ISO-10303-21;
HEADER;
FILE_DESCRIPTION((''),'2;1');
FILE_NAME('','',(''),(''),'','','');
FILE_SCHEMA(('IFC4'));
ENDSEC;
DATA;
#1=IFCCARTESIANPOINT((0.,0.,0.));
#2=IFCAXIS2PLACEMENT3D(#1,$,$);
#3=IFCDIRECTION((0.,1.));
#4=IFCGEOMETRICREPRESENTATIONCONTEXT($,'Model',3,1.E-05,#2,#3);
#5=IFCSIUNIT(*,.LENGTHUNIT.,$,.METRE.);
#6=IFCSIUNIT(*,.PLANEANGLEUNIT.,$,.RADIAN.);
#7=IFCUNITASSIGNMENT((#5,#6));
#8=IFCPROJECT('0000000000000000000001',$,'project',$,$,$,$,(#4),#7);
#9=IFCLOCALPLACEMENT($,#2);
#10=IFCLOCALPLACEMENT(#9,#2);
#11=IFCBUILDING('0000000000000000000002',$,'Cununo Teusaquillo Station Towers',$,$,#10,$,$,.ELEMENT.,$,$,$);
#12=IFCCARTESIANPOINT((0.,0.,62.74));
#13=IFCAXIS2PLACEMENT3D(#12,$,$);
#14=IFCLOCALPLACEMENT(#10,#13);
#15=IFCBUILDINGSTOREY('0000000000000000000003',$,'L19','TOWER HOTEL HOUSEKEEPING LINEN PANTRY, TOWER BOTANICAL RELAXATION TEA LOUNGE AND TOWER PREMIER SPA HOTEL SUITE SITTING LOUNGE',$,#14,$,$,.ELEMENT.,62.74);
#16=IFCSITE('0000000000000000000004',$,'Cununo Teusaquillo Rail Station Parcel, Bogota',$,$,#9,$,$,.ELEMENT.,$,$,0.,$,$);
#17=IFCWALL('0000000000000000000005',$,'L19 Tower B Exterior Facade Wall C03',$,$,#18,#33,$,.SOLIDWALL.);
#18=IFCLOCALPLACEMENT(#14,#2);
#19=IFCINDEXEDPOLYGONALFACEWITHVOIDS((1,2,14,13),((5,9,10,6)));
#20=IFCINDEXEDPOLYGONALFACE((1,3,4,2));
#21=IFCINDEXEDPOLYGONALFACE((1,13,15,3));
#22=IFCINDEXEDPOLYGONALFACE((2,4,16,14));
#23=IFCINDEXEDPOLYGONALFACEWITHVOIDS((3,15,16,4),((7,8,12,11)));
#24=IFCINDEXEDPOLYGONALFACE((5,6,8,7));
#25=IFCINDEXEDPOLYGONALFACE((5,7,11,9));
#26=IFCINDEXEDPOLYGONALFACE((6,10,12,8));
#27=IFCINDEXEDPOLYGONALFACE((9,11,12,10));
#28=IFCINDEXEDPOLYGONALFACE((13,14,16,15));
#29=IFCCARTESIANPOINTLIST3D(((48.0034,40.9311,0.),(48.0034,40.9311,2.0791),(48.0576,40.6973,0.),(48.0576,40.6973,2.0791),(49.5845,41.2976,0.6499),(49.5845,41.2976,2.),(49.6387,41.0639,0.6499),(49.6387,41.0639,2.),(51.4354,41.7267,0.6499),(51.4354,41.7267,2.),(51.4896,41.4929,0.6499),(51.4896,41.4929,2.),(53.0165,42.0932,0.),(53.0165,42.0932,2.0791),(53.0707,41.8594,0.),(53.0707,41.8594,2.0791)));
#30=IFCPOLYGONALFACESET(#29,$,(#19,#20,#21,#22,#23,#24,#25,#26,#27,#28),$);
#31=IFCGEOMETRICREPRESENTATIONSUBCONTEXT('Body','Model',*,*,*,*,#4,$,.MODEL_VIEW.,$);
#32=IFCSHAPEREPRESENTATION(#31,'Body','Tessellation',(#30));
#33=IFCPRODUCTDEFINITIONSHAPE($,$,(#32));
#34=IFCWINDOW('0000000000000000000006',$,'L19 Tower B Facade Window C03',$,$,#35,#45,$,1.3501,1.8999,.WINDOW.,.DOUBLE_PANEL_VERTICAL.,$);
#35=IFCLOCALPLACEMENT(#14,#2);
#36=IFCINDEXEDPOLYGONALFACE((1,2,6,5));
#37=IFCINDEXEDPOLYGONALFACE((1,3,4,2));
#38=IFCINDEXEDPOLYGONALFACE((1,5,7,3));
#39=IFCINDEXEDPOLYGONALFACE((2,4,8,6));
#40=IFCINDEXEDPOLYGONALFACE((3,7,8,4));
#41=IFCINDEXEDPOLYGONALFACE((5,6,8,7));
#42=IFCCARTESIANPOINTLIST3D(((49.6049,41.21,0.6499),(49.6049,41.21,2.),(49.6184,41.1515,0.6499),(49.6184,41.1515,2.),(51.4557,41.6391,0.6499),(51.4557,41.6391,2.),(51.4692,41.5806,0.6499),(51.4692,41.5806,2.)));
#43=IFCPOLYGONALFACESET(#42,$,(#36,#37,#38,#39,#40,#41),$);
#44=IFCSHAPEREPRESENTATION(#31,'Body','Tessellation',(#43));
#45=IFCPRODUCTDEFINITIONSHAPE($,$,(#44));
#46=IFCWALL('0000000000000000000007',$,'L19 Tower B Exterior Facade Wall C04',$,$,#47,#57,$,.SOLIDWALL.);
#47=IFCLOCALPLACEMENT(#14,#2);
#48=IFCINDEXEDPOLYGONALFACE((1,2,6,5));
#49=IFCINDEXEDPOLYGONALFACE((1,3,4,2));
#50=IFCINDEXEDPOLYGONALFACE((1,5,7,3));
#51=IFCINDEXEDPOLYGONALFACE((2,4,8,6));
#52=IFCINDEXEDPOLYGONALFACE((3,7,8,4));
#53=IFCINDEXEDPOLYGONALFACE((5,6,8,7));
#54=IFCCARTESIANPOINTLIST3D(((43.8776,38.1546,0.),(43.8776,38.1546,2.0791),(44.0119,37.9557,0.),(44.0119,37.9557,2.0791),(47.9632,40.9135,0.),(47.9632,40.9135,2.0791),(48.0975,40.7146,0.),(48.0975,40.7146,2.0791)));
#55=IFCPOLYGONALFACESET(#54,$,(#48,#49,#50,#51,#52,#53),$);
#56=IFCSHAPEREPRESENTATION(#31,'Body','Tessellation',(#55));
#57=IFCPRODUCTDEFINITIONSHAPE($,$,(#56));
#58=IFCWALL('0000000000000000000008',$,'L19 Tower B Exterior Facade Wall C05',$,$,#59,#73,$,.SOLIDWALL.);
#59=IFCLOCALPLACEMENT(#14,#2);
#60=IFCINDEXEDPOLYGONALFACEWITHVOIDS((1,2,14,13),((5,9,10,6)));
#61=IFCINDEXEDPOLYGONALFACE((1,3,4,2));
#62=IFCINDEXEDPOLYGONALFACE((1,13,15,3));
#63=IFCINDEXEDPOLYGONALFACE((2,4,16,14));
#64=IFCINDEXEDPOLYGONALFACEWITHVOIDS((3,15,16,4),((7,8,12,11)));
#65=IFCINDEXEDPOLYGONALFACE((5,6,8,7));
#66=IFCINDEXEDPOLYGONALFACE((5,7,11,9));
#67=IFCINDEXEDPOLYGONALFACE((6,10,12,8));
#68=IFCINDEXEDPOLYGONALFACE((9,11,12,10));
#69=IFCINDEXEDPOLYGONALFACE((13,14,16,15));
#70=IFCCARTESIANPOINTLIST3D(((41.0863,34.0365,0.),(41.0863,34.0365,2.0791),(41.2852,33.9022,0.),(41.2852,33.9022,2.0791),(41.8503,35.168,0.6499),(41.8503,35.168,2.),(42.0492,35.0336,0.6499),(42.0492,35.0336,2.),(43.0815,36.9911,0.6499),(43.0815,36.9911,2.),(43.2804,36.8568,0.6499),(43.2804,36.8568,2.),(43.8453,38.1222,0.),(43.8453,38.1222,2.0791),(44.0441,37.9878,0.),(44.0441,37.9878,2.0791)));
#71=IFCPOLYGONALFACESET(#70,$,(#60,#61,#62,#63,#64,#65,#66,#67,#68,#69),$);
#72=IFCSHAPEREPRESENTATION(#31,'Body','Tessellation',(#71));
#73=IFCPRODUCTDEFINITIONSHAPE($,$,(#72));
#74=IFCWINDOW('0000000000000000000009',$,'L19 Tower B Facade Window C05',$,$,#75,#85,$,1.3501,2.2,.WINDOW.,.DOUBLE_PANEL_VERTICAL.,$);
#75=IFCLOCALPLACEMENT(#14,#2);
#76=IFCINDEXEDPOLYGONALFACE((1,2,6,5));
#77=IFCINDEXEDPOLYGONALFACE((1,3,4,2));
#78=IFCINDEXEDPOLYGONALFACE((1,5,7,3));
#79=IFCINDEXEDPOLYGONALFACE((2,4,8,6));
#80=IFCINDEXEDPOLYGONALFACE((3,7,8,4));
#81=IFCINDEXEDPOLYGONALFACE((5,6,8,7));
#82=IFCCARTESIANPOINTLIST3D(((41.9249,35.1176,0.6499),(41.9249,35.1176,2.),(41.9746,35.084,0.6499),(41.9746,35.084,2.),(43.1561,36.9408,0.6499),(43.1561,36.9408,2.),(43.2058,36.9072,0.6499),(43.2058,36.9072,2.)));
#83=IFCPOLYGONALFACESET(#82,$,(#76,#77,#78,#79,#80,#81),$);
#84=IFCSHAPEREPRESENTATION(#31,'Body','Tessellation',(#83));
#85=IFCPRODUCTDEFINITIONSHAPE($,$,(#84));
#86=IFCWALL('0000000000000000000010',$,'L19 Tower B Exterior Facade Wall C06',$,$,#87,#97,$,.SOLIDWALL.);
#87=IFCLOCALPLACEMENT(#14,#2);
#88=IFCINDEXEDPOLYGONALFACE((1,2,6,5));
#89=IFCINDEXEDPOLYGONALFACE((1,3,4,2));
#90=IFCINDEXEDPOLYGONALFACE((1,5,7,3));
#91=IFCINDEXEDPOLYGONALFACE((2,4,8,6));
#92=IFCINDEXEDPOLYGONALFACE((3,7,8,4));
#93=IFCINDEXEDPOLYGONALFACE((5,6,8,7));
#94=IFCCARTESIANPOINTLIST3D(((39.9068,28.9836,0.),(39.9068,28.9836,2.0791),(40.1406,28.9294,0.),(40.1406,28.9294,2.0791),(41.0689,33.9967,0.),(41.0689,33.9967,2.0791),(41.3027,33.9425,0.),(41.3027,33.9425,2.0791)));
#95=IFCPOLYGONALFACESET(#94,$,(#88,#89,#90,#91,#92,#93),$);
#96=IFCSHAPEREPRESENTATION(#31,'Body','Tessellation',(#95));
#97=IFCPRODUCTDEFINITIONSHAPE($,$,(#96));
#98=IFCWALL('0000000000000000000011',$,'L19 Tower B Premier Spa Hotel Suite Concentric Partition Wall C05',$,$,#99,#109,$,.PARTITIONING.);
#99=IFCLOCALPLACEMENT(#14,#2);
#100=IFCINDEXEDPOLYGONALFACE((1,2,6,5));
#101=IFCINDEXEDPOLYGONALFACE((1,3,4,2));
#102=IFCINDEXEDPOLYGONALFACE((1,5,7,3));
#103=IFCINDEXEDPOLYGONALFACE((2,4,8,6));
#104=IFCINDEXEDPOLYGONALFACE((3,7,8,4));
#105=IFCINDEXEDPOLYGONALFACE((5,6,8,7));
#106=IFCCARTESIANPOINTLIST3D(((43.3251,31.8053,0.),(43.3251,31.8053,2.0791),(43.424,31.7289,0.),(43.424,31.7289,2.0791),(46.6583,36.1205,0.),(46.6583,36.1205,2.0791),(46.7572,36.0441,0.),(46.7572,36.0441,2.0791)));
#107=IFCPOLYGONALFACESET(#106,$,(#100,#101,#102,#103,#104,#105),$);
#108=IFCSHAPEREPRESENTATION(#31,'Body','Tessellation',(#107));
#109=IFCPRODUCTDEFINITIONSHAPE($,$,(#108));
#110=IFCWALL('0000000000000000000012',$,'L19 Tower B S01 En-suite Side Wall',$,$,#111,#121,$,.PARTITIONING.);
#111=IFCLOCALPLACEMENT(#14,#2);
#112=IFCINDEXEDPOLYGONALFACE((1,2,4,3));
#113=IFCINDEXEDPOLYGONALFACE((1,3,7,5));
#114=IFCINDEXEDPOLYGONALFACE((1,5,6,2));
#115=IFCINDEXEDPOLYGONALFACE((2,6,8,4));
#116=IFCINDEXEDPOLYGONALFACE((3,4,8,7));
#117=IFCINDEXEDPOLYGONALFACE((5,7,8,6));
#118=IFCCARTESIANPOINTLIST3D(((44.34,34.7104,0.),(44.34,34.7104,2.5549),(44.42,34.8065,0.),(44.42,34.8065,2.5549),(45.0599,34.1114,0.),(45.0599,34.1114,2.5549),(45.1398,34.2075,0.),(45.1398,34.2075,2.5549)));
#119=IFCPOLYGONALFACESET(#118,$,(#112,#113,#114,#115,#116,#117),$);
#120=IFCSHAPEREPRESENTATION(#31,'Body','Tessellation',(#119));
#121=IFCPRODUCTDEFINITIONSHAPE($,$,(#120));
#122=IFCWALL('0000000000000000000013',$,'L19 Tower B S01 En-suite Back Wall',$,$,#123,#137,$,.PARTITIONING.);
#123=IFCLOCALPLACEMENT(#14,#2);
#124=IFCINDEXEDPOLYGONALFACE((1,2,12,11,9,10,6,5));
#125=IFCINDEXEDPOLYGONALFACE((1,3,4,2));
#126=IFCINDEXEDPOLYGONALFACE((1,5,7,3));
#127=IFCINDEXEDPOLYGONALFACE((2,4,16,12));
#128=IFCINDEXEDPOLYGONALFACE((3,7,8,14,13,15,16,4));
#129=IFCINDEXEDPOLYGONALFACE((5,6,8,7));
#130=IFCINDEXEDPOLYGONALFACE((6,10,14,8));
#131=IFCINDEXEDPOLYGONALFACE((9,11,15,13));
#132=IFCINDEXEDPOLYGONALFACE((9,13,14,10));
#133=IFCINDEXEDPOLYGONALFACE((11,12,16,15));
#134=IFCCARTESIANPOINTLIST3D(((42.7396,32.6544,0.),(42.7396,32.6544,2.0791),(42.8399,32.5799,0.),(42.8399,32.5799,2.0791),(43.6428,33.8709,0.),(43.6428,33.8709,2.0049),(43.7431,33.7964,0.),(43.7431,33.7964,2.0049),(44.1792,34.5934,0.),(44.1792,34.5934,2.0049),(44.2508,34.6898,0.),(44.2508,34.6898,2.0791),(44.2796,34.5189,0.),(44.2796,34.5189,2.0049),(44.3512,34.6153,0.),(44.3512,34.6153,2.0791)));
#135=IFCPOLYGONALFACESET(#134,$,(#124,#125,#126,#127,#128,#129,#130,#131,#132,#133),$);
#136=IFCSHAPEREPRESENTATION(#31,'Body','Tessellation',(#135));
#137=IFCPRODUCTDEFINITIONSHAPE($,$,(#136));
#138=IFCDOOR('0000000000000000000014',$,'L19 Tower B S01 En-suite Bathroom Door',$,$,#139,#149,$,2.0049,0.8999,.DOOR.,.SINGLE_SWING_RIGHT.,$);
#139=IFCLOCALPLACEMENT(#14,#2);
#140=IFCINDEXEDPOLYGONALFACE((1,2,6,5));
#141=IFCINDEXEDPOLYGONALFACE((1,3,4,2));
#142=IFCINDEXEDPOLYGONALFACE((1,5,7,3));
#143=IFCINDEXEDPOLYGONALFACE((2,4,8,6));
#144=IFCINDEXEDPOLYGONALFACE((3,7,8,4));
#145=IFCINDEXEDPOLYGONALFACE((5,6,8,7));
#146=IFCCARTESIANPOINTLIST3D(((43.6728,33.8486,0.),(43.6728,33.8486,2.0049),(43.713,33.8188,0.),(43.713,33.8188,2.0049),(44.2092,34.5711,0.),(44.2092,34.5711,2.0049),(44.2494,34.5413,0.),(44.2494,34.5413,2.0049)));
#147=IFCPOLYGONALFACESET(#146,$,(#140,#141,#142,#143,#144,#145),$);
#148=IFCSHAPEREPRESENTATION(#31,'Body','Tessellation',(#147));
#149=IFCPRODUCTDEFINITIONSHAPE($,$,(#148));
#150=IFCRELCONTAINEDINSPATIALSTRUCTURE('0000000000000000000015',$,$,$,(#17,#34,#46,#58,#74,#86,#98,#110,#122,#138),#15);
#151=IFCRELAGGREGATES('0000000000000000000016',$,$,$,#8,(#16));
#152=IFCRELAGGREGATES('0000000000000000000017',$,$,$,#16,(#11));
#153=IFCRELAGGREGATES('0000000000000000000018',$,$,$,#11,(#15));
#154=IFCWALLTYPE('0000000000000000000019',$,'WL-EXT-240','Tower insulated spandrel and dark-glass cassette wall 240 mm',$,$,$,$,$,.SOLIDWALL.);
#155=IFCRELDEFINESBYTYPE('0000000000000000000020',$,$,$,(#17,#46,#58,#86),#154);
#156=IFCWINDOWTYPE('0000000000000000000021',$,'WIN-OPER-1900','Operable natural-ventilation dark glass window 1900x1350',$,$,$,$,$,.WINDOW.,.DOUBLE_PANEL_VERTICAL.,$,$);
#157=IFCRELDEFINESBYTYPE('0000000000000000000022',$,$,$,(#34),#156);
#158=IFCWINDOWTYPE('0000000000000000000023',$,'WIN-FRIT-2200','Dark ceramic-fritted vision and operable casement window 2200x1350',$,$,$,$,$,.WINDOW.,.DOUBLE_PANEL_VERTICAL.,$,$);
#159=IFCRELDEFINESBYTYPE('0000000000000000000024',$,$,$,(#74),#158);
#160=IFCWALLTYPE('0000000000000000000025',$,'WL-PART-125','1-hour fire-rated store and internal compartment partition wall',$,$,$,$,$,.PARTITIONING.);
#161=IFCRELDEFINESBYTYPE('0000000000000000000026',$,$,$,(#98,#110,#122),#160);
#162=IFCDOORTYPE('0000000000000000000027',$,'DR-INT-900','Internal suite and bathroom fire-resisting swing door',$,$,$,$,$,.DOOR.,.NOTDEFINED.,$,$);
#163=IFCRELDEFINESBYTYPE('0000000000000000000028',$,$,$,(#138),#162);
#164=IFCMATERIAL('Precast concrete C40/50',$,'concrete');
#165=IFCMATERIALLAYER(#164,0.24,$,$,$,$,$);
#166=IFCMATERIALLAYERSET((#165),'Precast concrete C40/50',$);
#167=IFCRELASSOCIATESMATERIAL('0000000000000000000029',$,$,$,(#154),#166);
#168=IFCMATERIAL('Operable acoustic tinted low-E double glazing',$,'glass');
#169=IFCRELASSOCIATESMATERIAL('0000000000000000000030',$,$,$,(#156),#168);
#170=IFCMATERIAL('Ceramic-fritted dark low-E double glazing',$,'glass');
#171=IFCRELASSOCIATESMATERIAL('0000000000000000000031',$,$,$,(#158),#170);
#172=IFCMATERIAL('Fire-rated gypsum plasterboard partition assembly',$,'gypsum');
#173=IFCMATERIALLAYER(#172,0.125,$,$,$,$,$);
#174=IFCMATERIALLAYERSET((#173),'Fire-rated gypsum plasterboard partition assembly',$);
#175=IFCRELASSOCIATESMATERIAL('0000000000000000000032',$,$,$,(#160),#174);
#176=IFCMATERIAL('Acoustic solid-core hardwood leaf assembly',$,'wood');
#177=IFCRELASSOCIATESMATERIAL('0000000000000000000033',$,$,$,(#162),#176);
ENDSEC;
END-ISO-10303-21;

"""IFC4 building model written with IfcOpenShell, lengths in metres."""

from ifc_helpers import new_model, si_unit, direction, frame, frame_2d, origin, place, context, subcontext, project, spatial, rectangle, extrude, source, transform, mapped, material, layer, layer_set, type_object, element, fill, save


model = new_model("IFC4")

# Units and contexts
model_context = context("Model", 3, precision=1e-05, world=origin(), true_north=direction((0.0, 1.0)))
body_context = subcontext(model_context, "Body", "Model", "MODEL_VIEW")
ifc_project = project(units=[si_unit("LENGTHUNIT", "METRE"), si_unit("PLANEANGLEUNIT", "RADIAN")], contexts=[model_context])

# Site, building, storey
site_placement = place(None, origin())
site = spatial("IfcSite", under=ifc_project, at=site_placement, Name="Cununo Teusaquillo Rail Station Parcel, Bogota", CompositionType="ELEMENT", RefElevation=0.0)
building_placement = place(site_placement, origin())
building = spatial("IfcBuilding", under=site, at=building_placement, Name="Cununo Teusaquillo Station Towers", CompositionType="ELEMENT")
storey_placement = place(building_placement, frame((0.0, 0.0, 62.74)))
storey = spatial("IfcBuildingStorey", under=building, at=storey_placement, Name="L19", Description="TOWER HOTEL HOUSEKEEPING LINEN PANTRY, TOWER BOTANICAL RELAXATION TEA LOUNGE AND TOWER PREMIER SPA HOTEL SUITE SITTING LOUNGE", CompositionType="ELEMENT", Elevation=62.74)

# Wall, opening, window
ifc_material_1 = material(Name="Precast concrete C40/50", Category="concrete")
ifc_layer_1 = layer(ifc_material_1, 0.24)
ifc_layer_set_1 = layer_set([ifc_layer_1], Name="Precast concrete C40/50")
wall_type_1 = type_object("IfcWallType", Name="WL-EXT-240", Description="Tower insulated spandrel and dark-glass cassette wall 240 mm", PredefinedType="SOLIDWALL", material=ifc_layer_set_1)
wall_1_placement = place(storey_placement, frame((48.0305, 40.8142, 0.0), z_axis=(0.0, 0.0, 1.0), x_axis=(0.974166, 0.225833, 0.0)))
wall_1 = element("IfcWall", 1, at=wall_1_placement, inside=storey, type_object=wall_type_1, Name="L19 Tower B Exterior Facade Wall C03", PredefinedType="SOLIDWALL", context=body_context, shape_type="SweptSolid", body=[
    extrude(rectangle(XDim=5.146, YDim=0.24, at=frame_2d((2.573, 0.0))), origin(), (0.0, 0.0, 1.0), 2.0791),
])
shared_shape_1 = source(origin(), body_context, "Body", "SweptSolid", [
    extrude(rectangle(XDim=1.8999, YDim=1.3501, at=frame_2d((0.95, 0.675))), frame((0.0, 0.1299, 0.0), z_axis=(0.0, -1.0, 0.0), x_axis=(1.0, 0.0, 0.0)), (0.0, 0.0, 1.0), 0.26),
])
opening_1_placement = place(wall_1_placement, frame((1.623, 0.0, 0.6499)))
opening_1 = element("IfcOpeningElement", 2, at=opening_1_placement, cuts=wall_1, PredefinedType="OPENING", context=body_context, shape_type="MappedRepresentation", body=[
    mapped(shared_shape_1, transform((0.0, 0.0, 0.0), x_axis=(1.0, 0.0, 0.0), y_axis=(0.0, 1.0, 0.0), z_axis=(0.0, 0.0, 1.0), scale=1.0)),
])
ifc_material_2 = material(Name="Operable acoustic tinted low-E double glazing", Category="glass")
window_type_1 = type_object("IfcWindowType", Name="WIN-OPER-1900", Description="Operable natural-ventilation dark glass window 1900x1350", PartitioningType="DOUBLE_PANEL_VERTICAL", PredefinedType="WINDOW", material=ifc_material_2)
shared_shape_2 = source(origin(), body_context, "Body", "SweptSolid", [
    extrude(rectangle(XDim=1.8999, YDim=1.3501, at=frame_2d((0.95, 0.675))), frame((0.0, 0.03, 0.0), z_axis=(0.0, -1.0, 0.0), x_axis=(1.0, 0.0, 0.0)), (0.0, 0.0, 1.0), 0.0601),
])
window_1_placement = place(opening_1_placement, origin())
window_1 = element("IfcWindow", 3, at=window_1_placement, inside=storey, type_object=window_type_1, Name="L19 Tower B Facade Window C03", OverallHeight=1.3501, OverallWidth=1.8999, PartitioningType="DOUBLE_PANEL_VERTICAL", PredefinedType="WINDOW", context=body_context, shape_type="MappedRepresentation", body=[
    mapped(shared_shape_2, transform((0.0, 0.0, 0.0), x_axis=(1.0, 0.0, 0.0), y_axis=(0.0, 1.0, 0.0), z_axis=(0.0, 0.0, 1.0), scale=1.0)),
])
fill(opening_1, window_1)

# Wall
wall_2_placement = place(storey_placement, frame((43.9448, 38.0552, 0.0), z_axis=(0.0, 0.0, 1.0), x_axis=(0.828737, 0.559639, 0.0)))
element("IfcWall", 4, at=wall_2_placement, inside=storey, type_object=wall_type_1, Name="L19 Tower B Exterior Facade Wall C04", PredefinedType="SOLIDWALL", context=body_context, shape_type="SweptSolid", body=[
    extrude(rectangle(XDim=4.9299, YDim=0.24, at=frame_2d((2.4648, 0.0))), origin(), (0.0, 0.0, 1.0), 2.0791),
])

# Wall, opening, window
wall_3_placement = place(storey_placement, frame((41.1858, 33.9695, 0.0), z_axis=(0.0, 0.0, 1.0), x_axis=(0.559639, 0.828737, 0.0)))
wall_3 = element("IfcWall", 5, at=wall_3_placement, inside=storey, type_object=wall_type_1, Name="L19 Tower B Exterior Facade Wall C05", PredefinedType="SOLIDWALL", context=body_context, shape_type="SweptSolid", body=[
    extrude(rectangle(XDim=4.9299, YDim=0.24, at=frame_2d((2.4648, 0.0))), origin(), (0.0, 0.0, 1.0), 2.0791),
])
shared_shape_3 = source(origin(), body_context, "Body", "SweptSolid", [
    extrude(rectangle(XDim=2.2, YDim=1.3501, at=frame_2d((1.1001, 0.675))), frame((0.0, 0.1299, 0.0), z_axis=(0.0, -1.0, 0.0), x_axis=(1.0, 0.0, 0.0)), (0.0, 0.0, 1.0), 0.26),
])
opening_2_placement = place(wall_3_placement, frame((1.365, 0.0, 0.6499)))
opening_2 = element("IfcOpeningElement", 6, at=opening_2_placement, cuts=wall_3, PredefinedType="OPENING", context=body_context, shape_type="MappedRepresentation", body=[
    mapped(shared_shape_3, transform((0.0, 0.0, 0.0), x_axis=(1.0, 0.0, 0.0), y_axis=(0.0, 1.0, 0.0), z_axis=(0.0, 0.0, 1.0), scale=1.0)),
])
ifc_material_3 = material(Name="Ceramic-fritted dark low-E double glazing", Category="glass")
window_type_2 = type_object("IfcWindowType", Name="WIN-FRIT-2200", Description="Dark ceramic-fritted vision and operable casement window 2200x1350", PartitioningType="DOUBLE_PANEL_VERTICAL", PredefinedType="WINDOW", material=ifc_material_3)
shared_shape_4 = source(origin(), body_context, "Body", "SweptSolid", [
    extrude(rectangle(XDim=2.2, YDim=1.3501, at=frame_2d((1.1001, 0.675))), frame((0.0, 0.03, 0.0), z_axis=(0.0, -1.0, 0.0), x_axis=(1.0, 0.0, 0.0)), (0.0, 0.0, 1.0), 0.0601),
])
window_2_placement = place(opening_2_placement, origin())
window_2 = element("IfcWindow", 7, at=window_2_placement, inside=storey, type_object=window_type_2, Name="L19 Tower B Facade Window C05", OverallHeight=1.3501, OverallWidth=2.2, PartitioningType="DOUBLE_PANEL_VERTICAL", PredefinedType="WINDOW", context=body_context, shape_type="MappedRepresentation", body=[
    mapped(shared_shape_4, transform((0.0, 0.0, 0.0), x_axis=(1.0, 0.0, 0.0), y_axis=(0.0, 1.0, 0.0), z_axis=(0.0, 0.0, 1.0), scale=1.0)),
])
fill(opening_2, window_2)

# Walls
wall_4_placement = place(storey_placement, frame((40.0237, 28.9565, 0.0), z_axis=(0.0, 0.0, 1.0), x_axis=(0.225833, 0.974166, 0.0)))
element("IfcWall", 8, at=wall_4_placement, inside=storey, type_object=wall_type_1, Name="L19 Tower B Exterior Facade Wall C06", PredefinedType="SOLIDWALL", context=body_context, shape_type="SweptSolid", body=[
    extrude(rectangle(XDim=5.146, YDim=0.24, at=frame_2d((2.573, 0.0))), origin(), (0.0, 0.0, 1.0), 2.0791),
])
ifc_material_4 = material(Name="Fire-rated gypsum plasterboard partition assembly", Category="gypsum")
ifc_layer_2 = layer(ifc_material_4, 0.125)
ifc_layer_set_2 = layer_set([ifc_layer_2], Name="Fire-rated gypsum plasterboard partition assembly")
wall_type_2 = type_object("IfcWallType", Name="WL-PART-125", Description="1-hour fire-rated store and internal compartment partition wall", PredefinedType="PARTITIONING", material=ifc_layer_set_2)
wall_5_placement = place(storey_placement, frame((46.7078, 36.0823, 0.0), z_axis=(0.0, 0.0, 1.0), x_axis=(-0.611309, -0.791392, 0.0)))
element("IfcWall", 9, at=wall_5_placement, inside=storey, type_object=wall_type_2, Name="L19 Tower B Premier Spa Hotel Suite Concentric Partition Wall C05", PredefinedType="PARTITIONING", context=body_context, shape_type="SweptSolid", body=[
    extrude(rectangle(XDim=5.4526, YDim=0.125, at=frame_2d((2.7263, 0.0))), origin(), (0.0, 0.0, 1.0), 2.0791),
])
wall_6_placement = place(storey_placement, frame((45.0999, 34.1594, 0.0), z_axis=(0.0, 0.0, 1.0), x_axis=(-0.76867, 0.639646, 0.0)))
element("IfcWall", 10, at=wall_6_placement, inside=storey, type_object=wall_type_2, Name="L19 Tower B S01 En-suite Side Wall", PredefinedType="PARTITIONING", context=body_context, shape_type="SweptSolid", body=[
    extrude(rectangle(XDim=0.9365, YDim=0.125, at=frame_2d((0.4683, 0.0))), origin(), (0.0, 0.0, 1.0), 2.5549),
])

# Wall, opening, door
wall_7_placement = place(storey_placement, frame((44.301, 34.6526, 0.0), z_axis=(0.0, 0.0, 1.0), x_axis=(-0.596125, -0.802891, 0.0)))
wall_7 = element("IfcWall", 11, at=wall_7_placement, inside=storey, type_object=wall_type_2, Name="L19 Tower B S01 En-suite Back Wall", PredefinedType="PARTITIONING", context=body_context, shape_type="SweptSolid", body=[
    extrude(rectangle(XDim=2.5352, YDim=0.125, at=frame_2d((1.2676, 0.0))), origin(), (0.0, 0.0, 1.0), 2.0791),
])
shared_shape_5 = source(origin(), body_context, "Body", "SweptSolid", [
    extrude(rectangle(XDim=0.8999, YDim=2.0049, at=frame_2d((0.45, 1.0024))), frame((0.0, 0.0725, 0.0), z_axis=(0.0, -1.0, 0.0), x_axis=(1.0, 0.0, 0.0)), (0.0, 0.0, 1.0), 0.145),
])
opening_3_placement = place(wall_7_placement, frame((0.1201, 0.0, 0.0)))
opening_3 = element("IfcOpeningElement", 12, at=opening_3_placement, cuts=wall_7, PredefinedType="OPENING", context=body_context, shape_type="MappedRepresentation", body=[
    mapped(shared_shape_5, transform((0.0, 0.0, 0.0), x_axis=(1.0, 0.0, 0.0), y_axis=(0.0, 1.0, 0.0), z_axis=(0.0, 0.0, 1.0), scale=1.0)),
])
ifc_material_5 = material(Name="Acoustic solid-core hardwood leaf assembly", Category="wood")
door_type_1 = type_object("IfcDoorType", Name="DR-INT-900", Description="Internal suite and bathroom fire-resisting swing door", OperationType="NOTDEFINED", PredefinedType="DOOR", material=ifc_material_5)
shared_shape_6 = source(origin(), body_context, "Body", "SweptSolid", [
    extrude(rectangle(XDim=0.8999, YDim=2.0049, at=frame_2d((0.45, 1.0024))), frame((0.0, 0.0249, 0.0), z_axis=(0.0, -1.0, 0.0), x_axis=(1.0, 0.0, 0.0)), (0.0, 0.0, 1.0), 0.05),
])
door_1_placement = place(opening_3_placement, origin())
door_1 = element("IfcDoor", 13, at=door_1_placement, inside=storey, type_object=door_type_1, Name="L19 Tower B S01 En-suite Bathroom Door", OperationType="SINGLE_SWING_RIGHT", OverallHeight=2.0049, OverallWidth=0.8999, PredefinedType="DOOR", context=body_context, shape_type="MappedRepresentation", body=[
    mapped(shared_shape_6, transform((0.0, 0.0, 0.0), x_axis=(1.0, 0.0, 0.0), y_axis=(0.0, 1.0, 0.0), z_axis=(0.0, 0.0, 1.0), scale=1.0)),
])
fill(opening_3, door_1)

save(model, "model.ifc")
